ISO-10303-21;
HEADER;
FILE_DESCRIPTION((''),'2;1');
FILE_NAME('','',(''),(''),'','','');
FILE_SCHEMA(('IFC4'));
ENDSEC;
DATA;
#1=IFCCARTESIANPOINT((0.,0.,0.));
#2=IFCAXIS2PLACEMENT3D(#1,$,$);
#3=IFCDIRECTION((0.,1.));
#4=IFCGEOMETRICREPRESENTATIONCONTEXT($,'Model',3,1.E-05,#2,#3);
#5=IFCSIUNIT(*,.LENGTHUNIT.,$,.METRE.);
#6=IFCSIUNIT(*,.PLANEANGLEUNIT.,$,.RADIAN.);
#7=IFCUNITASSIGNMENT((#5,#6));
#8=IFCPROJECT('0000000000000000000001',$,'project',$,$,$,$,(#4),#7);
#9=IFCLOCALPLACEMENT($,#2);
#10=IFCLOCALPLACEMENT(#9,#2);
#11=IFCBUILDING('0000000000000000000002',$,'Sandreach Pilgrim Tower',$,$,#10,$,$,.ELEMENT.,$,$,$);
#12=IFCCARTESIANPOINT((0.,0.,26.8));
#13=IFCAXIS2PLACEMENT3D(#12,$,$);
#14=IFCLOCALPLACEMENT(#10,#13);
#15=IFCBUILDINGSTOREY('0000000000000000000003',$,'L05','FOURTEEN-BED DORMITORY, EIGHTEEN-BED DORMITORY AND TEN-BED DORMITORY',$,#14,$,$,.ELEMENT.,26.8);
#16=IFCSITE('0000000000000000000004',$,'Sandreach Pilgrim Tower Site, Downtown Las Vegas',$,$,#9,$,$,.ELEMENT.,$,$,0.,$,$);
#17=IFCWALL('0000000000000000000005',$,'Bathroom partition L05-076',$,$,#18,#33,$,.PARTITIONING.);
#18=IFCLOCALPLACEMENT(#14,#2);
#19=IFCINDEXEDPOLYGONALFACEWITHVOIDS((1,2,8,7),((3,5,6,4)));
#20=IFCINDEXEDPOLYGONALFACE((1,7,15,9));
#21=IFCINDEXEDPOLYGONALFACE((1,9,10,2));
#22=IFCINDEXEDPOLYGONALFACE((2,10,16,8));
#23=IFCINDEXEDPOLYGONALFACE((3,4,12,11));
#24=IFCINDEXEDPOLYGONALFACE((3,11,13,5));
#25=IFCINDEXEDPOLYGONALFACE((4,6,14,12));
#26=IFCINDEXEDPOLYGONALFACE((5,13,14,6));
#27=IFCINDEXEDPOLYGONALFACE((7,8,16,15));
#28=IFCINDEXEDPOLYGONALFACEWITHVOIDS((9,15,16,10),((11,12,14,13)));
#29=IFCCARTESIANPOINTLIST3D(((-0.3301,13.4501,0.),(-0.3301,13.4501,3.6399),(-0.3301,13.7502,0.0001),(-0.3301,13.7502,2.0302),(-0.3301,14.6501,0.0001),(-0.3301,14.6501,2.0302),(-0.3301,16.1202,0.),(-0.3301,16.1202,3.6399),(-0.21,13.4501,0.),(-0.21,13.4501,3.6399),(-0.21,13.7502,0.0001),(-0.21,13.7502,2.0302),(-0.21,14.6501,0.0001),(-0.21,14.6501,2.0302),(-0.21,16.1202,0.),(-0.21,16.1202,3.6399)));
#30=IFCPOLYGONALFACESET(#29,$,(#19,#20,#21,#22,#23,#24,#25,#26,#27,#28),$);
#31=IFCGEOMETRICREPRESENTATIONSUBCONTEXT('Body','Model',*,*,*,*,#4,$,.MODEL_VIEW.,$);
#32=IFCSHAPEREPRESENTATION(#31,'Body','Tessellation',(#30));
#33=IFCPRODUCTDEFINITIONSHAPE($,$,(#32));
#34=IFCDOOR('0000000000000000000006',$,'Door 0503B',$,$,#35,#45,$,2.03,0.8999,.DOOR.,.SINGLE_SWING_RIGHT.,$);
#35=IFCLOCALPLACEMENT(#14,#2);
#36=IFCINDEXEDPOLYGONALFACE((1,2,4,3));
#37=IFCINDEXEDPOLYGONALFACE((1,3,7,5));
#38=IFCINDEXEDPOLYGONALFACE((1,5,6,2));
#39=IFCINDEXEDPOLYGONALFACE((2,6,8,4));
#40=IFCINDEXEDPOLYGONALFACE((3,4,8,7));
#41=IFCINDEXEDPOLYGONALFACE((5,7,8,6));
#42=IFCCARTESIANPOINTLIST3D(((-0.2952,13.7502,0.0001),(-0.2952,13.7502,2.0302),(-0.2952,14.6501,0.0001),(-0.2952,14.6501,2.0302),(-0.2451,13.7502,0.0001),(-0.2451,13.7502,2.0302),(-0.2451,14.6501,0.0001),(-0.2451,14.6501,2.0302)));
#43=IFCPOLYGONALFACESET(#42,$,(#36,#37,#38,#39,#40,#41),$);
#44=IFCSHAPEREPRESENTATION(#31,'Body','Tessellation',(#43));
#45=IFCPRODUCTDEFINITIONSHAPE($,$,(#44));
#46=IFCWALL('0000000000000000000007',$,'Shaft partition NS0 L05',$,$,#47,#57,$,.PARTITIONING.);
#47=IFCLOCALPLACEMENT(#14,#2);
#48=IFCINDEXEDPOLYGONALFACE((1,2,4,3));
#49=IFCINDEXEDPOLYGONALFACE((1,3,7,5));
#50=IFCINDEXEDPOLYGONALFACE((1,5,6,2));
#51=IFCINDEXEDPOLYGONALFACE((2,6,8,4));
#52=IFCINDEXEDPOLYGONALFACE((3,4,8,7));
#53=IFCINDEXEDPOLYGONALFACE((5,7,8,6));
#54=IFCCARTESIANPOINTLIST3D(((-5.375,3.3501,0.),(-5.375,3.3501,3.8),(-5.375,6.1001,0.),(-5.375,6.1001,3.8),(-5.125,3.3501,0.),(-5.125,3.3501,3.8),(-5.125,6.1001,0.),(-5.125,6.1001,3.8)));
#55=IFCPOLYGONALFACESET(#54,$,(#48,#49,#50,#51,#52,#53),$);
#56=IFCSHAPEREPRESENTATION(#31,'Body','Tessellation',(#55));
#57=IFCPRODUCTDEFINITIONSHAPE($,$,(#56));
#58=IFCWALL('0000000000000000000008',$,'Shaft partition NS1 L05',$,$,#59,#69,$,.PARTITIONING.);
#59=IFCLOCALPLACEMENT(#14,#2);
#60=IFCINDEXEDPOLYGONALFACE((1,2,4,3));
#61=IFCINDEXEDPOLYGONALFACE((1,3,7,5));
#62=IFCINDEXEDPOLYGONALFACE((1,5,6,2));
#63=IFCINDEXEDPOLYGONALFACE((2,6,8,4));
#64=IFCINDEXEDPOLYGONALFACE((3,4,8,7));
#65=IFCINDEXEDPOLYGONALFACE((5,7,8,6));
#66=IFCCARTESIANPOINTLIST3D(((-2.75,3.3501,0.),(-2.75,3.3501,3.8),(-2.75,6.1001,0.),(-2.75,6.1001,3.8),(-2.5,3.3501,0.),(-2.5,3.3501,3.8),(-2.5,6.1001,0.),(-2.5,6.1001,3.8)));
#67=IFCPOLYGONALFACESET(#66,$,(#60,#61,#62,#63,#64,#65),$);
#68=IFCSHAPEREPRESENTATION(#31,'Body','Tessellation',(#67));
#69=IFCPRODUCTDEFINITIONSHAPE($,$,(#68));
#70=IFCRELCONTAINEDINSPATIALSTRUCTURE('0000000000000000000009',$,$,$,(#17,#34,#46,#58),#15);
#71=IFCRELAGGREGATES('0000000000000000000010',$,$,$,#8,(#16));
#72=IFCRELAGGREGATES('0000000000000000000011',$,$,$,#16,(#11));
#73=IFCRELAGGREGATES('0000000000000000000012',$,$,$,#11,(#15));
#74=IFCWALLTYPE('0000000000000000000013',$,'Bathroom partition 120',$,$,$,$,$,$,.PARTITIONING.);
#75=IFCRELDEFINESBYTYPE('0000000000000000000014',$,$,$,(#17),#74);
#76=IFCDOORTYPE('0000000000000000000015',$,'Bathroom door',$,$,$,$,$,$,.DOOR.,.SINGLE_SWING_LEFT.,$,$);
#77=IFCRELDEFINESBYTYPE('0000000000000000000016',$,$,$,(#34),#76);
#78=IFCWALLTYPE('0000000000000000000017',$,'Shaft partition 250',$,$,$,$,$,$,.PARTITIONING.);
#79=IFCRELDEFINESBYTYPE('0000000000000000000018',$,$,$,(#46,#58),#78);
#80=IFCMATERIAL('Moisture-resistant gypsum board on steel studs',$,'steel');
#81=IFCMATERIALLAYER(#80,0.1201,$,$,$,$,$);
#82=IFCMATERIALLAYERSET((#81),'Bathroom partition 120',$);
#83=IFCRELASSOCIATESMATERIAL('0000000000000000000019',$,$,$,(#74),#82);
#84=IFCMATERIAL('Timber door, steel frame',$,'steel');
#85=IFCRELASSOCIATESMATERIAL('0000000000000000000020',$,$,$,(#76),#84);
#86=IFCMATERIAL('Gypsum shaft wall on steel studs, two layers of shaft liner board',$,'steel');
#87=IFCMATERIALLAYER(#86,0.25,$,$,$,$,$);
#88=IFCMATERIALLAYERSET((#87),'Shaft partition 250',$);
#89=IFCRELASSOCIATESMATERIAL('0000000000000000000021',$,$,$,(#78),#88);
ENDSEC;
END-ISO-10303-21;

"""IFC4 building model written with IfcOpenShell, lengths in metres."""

from ifc_helpers import new_model, si_unit, direction, frame, frame_2d, origin, place, context, subcontext, project, spatial, rectangle, extrude, material, layer, layer_set, type_object, element, fill, save


model = new_model("IFC4")

# Units and contexts
model_context = context("Model", 3, precision=1e-05, world=origin(), true_north=direction((0.0, 1.0)))
body_context = subcontext(model_context, "Body", "Model", "MODEL_VIEW")
ifc_project = project(units=[si_unit("LENGTHUNIT", "METRE"), si_unit("PLANEANGLEUNIT", "RADIAN")], contexts=[model_context])

# Site, building, storey
site_placement = place(None, origin())
site = spatial("IfcSite", under=ifc_project, at=site_placement, Name="Sandreach Pilgrim Tower Site, Downtown Las Vegas", CompositionType="ELEMENT", RefElevation=0.0)
building_placement = place(site_placement, origin())
building = spatial("IfcBuilding", under=site, at=building_placement, Name="Sandreach Pilgrim Tower", CompositionType="ELEMENT")
storey_placement = place(building_placement, frame((0.0, 0.0, 26.8)))
storey = spatial("IfcBuildingStorey", under=building, at=storey_placement, Name="L05", Description="FOURTEEN-BED DORMITORY, EIGHTEEN-BED DORMITORY AND TEN-BED DORMITORY", CompositionType="ELEMENT", Elevation=26.8)

# Shared definitions
ifc_material_1 = material(Name="Moisture-resistant gypsum board on steel studs", Category="steel")
ifc_layer_1 = layer(ifc_material_1, 0.1201)
ifc_layer_set_1 = layer_set([ifc_layer_1], Name="Bathroom partition 120")
wall_type_1 = type_object("IfcWallType", Name="Bathroom partition 120", PredefinedType="PARTITIONING", material=ifc_layer_set_1)
ifc_material_2 = material(Name="Timber door, steel frame", Category="steel")
door_type_1 = type_object("IfcDoorType", Name="Bathroom door", OperationType="SINGLE_SWING_LEFT", PredefinedType="DOOR", material=ifc_material_2)

# Wall, opening, door
wall_1_placement = place(storey_placement, frame((-0.27, 16.1201, 0.0), z_axis=(0.0, 0.0, 1.0), x_axis=(0.0, -1.0, 0.0)))
wall_1 = element("IfcWall", 1, at=wall_1_placement, inside=storey, type_object=wall_type_1, Name="Bathroom partition L05-076", PredefinedType="PARTITIONING", context=body_context, shape_type="SweptSolid", body=[
    extrude(rectangle(XDim=2.6702, YDim=0.1201, at=frame_2d((1.335, 0.0))), origin(), (0.0, 0.0, 1.0), 3.6399),
])
opening_1_placement = place(wall_1_placement, frame((1.47, 0.0, 0.0)))
opening_1 = element("IfcOpeningElement", 2, at=opening_1_placement, cuts=wall_1, PredefinedType="OPENING", context=body_context, shape_type="SweptSolid", body=[
    extrude(rectangle(XDim=0.8999, YDim=2.03, at=frame_2d((0.45, 1.0151))), frame((0.0, 0.0601, 0.0), z_axis=(0.0, -1.0, 0.0), x_axis=(1.0, 0.0, 0.0)), (0.0, 0.0, 1.0), 0.1201),
])
door_1_placement = place(opening_1_placement, origin())
door_1 = element("IfcDoor", 3, at=door_1_placement, inside=storey, type_object=door_type_1, Name="Door 0503B", OperationType="SINGLE_SWING_RIGHT", OverallHeight=2.03, OverallWidth=0.8999, PredefinedType="DOOR", context=body_context, shape_type="SweptSolid", body=[
    extrude(rectangle(XDim=0.8999, YDim=2.03, at=frame_2d((0.45, 1.0151))), frame((0.0, 0.0249, 0.0), z_axis=(0.0, -1.0, 0.0), x_axis=(1.0, 0.0, 0.0)), (0.0, 0.0, 1.0), 0.05),
])
fill(opening_1, door_1)

# Walls
ifc_material_3 = material(Name="Gypsum shaft wall on steel studs, two layers of shaft liner board", Category="steel")
ifc_layer_2 = layer(ifc_material_3, 0.25)
ifc_layer_set_2 = layer_set([ifc_layer_2], Name="Shaft partition 250")
wall_type_2 = type_object("IfcWallType", Name="Shaft partition 250", PredefinedType="PARTITIONING", material=ifc_layer_set_2)
for number, where, z_axis, x_axis, name in (
    (4, (-5.25, 3.3501, 0.0), (0.0, 0.0, 1.0), (0.0, 1.0, 0.0), "Shaft partition NS0 L05"),
    (5, (-2.625, 3.3501, 0.0), (0.0, 0.0, 1.0), (0.0, 1.0, 0.0), "Shaft partition NS1 L05"),
):
    element("IfcWall", number, at=place(storey_placement, frame(where, z_axis=z_axis, x_axis=x_axis)), inside=storey, type_object=wall_type_2, Name=name, PredefinedType="PARTITIONING", context=body_context, shape_type="SweptSolid", body=[
        extrude(rectangle(XDim=2.75, YDim=0.25, at=frame_2d((1.375, 0.0))), origin(), (0.0, 0.0, 1.0), 3.8),
    ])

save(model, "model.ifc")
